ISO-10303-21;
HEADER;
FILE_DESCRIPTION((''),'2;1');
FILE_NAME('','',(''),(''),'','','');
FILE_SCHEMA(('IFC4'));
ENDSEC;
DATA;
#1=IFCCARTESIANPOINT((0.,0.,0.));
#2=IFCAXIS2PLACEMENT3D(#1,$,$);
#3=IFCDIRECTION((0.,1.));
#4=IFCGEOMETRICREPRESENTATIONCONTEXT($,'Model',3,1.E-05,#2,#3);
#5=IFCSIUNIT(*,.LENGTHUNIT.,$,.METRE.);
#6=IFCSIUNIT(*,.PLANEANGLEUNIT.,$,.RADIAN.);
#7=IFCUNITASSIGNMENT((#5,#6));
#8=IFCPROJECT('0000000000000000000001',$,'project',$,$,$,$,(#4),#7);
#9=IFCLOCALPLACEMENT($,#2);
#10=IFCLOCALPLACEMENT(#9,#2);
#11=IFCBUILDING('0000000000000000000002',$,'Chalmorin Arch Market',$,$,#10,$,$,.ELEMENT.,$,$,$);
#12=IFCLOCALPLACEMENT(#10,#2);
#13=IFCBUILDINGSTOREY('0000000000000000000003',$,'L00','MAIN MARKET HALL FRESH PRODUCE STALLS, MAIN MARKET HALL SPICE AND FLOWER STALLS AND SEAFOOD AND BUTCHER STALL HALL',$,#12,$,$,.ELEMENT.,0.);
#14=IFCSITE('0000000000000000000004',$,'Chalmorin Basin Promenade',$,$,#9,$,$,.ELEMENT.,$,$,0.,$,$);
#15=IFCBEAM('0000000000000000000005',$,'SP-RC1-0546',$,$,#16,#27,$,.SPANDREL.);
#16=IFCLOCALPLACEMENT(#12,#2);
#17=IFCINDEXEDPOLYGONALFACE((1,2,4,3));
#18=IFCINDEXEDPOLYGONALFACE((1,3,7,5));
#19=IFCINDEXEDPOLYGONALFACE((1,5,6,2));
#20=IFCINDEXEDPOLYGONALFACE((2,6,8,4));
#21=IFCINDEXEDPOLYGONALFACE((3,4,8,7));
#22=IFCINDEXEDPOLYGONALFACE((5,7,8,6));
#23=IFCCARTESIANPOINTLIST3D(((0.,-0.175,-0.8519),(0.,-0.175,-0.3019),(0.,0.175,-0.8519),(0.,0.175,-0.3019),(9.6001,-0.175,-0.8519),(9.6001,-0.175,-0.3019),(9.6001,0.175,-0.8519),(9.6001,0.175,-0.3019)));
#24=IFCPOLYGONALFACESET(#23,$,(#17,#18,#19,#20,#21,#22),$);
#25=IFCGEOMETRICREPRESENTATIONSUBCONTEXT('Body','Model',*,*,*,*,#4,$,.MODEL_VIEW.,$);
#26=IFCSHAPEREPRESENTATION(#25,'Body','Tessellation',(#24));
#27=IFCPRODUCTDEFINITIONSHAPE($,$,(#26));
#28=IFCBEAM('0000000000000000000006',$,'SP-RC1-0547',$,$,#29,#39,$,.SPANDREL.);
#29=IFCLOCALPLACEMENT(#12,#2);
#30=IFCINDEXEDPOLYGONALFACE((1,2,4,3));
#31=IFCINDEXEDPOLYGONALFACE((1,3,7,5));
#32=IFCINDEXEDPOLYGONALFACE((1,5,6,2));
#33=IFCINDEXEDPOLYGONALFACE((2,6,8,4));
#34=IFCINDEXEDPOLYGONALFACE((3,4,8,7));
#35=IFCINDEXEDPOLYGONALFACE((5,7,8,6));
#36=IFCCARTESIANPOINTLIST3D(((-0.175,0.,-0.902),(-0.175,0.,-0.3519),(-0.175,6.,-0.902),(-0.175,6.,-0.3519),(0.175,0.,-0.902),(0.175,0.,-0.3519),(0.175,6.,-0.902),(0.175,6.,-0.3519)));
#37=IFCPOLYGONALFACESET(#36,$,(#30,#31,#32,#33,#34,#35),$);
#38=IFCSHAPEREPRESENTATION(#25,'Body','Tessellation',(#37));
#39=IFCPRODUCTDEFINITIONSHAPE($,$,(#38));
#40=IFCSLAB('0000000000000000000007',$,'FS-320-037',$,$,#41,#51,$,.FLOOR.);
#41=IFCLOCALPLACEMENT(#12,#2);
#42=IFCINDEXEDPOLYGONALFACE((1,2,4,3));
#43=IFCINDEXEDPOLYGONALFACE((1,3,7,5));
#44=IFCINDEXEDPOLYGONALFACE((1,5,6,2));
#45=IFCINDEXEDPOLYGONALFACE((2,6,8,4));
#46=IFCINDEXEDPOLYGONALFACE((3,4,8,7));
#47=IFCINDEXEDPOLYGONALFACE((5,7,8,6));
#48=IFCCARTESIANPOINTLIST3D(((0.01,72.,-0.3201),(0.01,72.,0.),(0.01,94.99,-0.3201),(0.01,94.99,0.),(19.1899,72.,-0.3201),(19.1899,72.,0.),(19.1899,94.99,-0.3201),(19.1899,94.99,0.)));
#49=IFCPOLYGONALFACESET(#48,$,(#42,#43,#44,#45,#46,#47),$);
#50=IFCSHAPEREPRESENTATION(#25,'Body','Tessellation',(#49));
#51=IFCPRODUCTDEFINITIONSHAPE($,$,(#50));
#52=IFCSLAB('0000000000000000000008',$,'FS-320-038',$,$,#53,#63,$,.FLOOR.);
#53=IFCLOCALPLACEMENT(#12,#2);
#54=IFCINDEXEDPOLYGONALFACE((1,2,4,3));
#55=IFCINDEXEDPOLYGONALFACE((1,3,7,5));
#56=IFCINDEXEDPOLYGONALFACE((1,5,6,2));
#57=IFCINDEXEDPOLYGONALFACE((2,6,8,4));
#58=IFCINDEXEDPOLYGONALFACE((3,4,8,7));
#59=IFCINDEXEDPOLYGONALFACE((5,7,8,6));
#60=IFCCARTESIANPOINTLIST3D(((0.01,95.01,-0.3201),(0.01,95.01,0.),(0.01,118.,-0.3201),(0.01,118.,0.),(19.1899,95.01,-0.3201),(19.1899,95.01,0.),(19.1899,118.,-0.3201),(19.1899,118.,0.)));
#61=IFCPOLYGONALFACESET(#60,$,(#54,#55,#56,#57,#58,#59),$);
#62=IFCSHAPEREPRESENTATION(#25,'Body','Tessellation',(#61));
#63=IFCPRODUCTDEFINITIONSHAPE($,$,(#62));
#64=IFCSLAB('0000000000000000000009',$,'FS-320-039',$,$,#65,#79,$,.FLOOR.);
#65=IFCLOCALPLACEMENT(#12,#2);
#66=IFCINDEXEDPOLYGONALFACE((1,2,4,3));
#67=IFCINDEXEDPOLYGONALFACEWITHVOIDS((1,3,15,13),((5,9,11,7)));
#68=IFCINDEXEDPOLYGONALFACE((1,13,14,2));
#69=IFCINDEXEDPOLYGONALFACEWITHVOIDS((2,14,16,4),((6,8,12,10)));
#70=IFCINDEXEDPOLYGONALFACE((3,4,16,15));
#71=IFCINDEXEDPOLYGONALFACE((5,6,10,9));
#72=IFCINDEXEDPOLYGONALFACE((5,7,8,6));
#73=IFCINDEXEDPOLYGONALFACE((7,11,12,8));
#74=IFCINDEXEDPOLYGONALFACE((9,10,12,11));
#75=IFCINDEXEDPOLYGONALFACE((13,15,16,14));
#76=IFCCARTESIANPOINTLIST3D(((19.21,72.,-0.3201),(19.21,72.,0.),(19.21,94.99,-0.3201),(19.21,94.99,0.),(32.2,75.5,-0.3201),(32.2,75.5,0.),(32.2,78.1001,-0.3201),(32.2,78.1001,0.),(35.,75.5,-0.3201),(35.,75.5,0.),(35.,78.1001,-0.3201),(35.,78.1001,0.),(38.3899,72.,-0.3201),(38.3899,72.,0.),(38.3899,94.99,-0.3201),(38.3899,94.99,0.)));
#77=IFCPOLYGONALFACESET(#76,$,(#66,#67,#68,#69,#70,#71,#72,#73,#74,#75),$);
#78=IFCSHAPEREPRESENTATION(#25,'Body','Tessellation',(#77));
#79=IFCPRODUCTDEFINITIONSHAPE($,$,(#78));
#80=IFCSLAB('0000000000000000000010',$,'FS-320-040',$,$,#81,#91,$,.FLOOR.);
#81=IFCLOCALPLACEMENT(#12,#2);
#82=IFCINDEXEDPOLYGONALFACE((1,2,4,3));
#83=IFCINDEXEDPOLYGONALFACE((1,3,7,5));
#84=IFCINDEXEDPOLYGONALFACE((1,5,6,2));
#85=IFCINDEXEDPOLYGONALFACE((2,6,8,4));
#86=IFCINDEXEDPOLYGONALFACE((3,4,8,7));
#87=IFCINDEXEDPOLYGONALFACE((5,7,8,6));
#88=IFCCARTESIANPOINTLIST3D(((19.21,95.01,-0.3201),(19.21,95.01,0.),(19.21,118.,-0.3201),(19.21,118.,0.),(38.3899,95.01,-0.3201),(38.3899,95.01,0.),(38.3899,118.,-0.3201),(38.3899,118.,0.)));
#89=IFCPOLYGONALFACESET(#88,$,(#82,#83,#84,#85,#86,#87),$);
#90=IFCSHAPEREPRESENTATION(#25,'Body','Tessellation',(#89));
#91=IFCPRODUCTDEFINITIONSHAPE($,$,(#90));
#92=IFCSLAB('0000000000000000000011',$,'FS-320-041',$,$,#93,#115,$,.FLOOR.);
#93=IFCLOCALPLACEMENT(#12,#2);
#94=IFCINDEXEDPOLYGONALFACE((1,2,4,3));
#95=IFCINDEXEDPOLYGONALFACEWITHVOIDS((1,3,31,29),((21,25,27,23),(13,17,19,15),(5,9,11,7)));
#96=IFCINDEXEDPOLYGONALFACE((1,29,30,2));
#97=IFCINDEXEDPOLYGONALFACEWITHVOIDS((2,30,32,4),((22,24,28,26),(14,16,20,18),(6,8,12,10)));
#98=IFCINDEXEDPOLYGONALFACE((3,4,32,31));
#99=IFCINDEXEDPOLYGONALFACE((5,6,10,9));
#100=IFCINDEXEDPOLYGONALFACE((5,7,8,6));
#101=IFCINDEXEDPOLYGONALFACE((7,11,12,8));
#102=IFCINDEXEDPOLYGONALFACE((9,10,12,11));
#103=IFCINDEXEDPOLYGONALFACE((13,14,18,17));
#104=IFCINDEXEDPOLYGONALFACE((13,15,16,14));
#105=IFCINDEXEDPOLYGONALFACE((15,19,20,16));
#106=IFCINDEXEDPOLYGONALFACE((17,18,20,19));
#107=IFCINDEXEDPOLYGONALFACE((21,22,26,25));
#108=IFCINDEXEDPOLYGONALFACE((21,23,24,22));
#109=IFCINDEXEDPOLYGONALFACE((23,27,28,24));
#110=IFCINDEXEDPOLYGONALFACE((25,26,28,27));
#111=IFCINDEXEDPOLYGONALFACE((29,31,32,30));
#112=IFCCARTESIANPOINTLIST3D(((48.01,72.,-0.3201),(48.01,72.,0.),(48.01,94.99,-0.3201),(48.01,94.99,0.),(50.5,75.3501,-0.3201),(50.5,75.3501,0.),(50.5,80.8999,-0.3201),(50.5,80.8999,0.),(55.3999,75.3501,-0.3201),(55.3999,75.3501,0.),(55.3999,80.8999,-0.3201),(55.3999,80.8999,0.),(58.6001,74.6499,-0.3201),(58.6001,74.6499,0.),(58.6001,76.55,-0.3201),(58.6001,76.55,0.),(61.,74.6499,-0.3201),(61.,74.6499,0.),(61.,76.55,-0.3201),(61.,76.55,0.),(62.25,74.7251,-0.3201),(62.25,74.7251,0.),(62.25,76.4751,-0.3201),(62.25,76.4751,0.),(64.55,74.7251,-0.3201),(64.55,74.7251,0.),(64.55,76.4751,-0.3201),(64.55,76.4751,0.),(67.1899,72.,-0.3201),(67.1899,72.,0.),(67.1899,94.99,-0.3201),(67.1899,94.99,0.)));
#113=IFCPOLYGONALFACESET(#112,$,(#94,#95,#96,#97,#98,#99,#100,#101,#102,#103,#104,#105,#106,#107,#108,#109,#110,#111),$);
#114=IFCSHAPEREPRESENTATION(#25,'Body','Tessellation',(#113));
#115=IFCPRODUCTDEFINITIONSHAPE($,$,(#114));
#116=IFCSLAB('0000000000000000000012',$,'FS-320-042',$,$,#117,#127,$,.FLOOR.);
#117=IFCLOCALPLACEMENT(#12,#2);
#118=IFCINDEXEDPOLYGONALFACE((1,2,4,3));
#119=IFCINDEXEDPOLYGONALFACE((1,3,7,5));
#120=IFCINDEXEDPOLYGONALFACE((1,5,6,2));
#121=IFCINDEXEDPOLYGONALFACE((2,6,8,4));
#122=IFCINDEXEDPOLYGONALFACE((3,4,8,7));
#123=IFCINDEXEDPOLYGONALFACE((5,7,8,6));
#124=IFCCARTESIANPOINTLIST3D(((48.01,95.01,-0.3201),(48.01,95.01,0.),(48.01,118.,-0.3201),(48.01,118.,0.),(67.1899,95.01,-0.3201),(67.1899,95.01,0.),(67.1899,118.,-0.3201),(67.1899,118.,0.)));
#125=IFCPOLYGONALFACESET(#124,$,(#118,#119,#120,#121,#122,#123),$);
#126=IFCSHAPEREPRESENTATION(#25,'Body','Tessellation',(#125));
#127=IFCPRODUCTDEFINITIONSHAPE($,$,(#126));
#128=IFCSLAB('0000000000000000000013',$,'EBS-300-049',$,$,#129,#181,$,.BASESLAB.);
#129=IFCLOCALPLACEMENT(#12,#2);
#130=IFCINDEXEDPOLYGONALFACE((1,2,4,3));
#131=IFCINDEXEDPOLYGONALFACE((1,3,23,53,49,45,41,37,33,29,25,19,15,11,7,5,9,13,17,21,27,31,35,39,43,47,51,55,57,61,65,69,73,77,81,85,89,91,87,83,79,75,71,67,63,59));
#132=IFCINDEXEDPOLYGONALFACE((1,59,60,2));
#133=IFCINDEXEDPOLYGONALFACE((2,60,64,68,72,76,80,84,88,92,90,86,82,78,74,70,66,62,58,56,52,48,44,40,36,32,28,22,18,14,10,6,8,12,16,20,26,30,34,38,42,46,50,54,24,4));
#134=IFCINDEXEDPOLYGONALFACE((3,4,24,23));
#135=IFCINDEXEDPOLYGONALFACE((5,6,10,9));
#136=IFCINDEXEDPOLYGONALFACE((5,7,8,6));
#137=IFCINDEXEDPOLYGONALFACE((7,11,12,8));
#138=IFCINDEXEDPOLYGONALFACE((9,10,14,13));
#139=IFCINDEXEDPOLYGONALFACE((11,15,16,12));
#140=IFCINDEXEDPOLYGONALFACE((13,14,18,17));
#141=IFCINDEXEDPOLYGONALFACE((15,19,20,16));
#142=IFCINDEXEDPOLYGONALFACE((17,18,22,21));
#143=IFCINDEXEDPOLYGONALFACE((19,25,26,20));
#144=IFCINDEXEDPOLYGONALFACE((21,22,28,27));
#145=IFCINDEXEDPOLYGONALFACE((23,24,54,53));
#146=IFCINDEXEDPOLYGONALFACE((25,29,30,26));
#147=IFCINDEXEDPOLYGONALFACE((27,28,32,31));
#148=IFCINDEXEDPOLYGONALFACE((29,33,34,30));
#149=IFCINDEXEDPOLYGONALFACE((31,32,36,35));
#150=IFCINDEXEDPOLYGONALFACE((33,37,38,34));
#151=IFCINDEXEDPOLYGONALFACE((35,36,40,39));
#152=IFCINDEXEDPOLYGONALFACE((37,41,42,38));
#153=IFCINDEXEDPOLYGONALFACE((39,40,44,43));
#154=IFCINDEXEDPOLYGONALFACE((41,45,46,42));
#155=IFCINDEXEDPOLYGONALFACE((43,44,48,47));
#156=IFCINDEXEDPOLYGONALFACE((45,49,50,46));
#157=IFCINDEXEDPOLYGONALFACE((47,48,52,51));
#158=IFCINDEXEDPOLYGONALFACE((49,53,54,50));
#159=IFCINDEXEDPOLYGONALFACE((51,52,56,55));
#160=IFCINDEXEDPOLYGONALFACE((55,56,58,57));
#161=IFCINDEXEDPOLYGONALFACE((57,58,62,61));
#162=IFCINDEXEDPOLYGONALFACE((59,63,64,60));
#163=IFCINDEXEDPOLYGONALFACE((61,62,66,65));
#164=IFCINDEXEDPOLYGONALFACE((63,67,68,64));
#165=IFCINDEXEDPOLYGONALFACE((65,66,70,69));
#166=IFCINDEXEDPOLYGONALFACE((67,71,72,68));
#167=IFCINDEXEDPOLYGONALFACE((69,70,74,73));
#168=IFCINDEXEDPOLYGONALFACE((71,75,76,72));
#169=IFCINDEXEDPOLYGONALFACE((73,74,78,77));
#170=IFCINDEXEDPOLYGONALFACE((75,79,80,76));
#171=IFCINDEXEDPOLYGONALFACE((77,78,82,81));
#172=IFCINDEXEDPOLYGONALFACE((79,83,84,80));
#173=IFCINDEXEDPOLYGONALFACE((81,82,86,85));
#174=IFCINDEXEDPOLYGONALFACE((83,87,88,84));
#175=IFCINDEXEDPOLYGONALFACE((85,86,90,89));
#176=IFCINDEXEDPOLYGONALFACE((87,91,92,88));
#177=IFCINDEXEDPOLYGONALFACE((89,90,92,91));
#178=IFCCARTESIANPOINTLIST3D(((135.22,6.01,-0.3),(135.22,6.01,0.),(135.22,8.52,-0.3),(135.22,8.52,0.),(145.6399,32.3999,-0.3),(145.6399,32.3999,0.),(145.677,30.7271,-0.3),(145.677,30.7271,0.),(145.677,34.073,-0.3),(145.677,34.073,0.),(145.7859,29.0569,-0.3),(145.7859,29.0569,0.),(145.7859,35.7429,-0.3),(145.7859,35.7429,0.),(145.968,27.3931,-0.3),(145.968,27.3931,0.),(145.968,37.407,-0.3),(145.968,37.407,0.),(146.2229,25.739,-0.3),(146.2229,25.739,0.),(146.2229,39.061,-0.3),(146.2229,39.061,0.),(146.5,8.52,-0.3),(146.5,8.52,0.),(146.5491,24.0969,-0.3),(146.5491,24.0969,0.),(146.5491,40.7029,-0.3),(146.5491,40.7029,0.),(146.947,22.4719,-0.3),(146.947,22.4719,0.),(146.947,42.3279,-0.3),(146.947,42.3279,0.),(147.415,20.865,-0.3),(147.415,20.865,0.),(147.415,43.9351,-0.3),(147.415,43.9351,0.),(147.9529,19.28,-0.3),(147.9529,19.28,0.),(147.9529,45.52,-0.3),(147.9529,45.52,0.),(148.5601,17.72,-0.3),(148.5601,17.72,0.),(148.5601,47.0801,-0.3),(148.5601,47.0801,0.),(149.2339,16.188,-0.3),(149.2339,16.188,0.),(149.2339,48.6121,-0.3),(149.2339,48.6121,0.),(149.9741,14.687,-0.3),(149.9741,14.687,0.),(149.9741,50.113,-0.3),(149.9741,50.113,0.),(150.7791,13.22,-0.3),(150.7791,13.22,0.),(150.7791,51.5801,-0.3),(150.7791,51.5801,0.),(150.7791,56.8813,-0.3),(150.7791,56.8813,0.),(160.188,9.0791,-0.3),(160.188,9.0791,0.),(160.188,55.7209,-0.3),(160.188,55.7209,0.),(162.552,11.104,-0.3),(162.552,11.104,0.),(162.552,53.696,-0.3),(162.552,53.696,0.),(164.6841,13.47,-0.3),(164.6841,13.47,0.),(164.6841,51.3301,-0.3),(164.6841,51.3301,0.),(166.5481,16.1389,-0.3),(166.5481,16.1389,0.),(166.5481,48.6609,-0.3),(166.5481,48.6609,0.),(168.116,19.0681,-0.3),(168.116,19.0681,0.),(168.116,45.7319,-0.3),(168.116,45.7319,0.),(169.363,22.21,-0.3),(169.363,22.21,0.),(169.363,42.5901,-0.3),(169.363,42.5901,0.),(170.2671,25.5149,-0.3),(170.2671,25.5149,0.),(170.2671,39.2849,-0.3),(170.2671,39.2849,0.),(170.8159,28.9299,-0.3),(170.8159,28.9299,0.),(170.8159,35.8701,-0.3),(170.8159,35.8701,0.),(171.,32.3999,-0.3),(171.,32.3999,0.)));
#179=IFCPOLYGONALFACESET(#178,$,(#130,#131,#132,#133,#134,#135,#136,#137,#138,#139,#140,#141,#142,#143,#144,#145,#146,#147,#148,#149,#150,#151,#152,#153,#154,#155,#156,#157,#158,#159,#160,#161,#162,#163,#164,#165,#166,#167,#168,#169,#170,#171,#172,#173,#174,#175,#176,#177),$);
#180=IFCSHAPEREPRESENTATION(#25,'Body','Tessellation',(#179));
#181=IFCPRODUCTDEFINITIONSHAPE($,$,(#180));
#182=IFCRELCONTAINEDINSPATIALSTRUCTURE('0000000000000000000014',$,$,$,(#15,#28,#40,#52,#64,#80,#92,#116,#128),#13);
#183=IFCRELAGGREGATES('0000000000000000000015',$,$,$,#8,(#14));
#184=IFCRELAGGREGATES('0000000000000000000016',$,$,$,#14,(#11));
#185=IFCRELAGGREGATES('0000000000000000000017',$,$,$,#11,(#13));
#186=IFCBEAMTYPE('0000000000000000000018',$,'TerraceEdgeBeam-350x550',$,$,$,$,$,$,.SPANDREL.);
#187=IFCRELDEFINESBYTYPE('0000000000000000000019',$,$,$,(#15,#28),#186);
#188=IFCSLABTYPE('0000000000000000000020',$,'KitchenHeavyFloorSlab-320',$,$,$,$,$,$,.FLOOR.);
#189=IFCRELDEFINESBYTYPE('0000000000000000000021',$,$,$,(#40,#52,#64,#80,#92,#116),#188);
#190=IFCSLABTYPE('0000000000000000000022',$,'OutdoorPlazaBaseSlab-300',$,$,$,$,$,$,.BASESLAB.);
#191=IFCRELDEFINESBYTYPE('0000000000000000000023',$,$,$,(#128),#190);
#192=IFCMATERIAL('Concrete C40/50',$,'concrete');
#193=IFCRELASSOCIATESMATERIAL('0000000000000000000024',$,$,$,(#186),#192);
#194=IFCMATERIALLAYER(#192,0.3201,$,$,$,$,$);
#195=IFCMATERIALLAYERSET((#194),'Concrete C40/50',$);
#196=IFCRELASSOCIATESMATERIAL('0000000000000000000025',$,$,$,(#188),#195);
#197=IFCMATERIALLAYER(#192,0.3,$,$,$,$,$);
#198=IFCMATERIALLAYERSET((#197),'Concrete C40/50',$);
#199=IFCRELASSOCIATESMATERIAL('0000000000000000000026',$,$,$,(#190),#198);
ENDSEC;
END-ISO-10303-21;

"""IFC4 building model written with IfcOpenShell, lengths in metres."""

from ifc_helpers import new_model, si_unit, direction, frame, origin, origin_2d, place, context, subcontext, project, spatial, polyline, rectangle, outline, extrude, material, layer, layer_set, material_profile, profile_set, type_object, element, save


model = new_model("IFC4")

# Units and contexts
model_context = context("Model", 3, precision=1e-05, world=origin(), true_north=direction((0.0, 1.0)))
body_context = subcontext(model_context, "Body", "Model", "MODEL_VIEW")
ifc_project = project(units=[si_unit("LENGTHUNIT", "METRE"), si_unit("PLANEANGLEUNIT", "RADIAN")], contexts=[model_context])

# Site, building, storey
site_placement = place(None, origin())
site = spatial("IfcSite", under=ifc_project, at=site_placement, Name="Chalmorin Basin Promenade", CompositionType="ELEMENT", RefElevation=0.0)
building_placement = place(site_placement, origin())
building = spatial("IfcBuilding", under=site, at=building_placement, Name="Chalmorin Arch Market", CompositionType="ELEMENT")
storey_placement = place(building_placement, origin())
storey = spatial("IfcBuildingStorey", under=building, at=storey_placement, Name="L00", Description="MAIN MARKET HALL FRESH PRODUCE STALLS, MAIN MARKET HALL SPICE AND FLOWER STALLS AND SEAFOOD AND BUTCHER STALL HALL", CompositionType="ELEMENT", Elevation=0.0)

# Beams
ifc_material = material(Name="Concrete C40/50", Category="concrete")
ifc_material_profile = material_profile(ifc_material, rectangle(XDim=0.3501, YDim=0.55, at=origin_2d()), Name="RC350X550")
ifc_profile_set = profile_set([ifc_material_profile], Name="Concrete C40/50")
beam_type = type_object("IfcBeamType", Name="TerraceEdgeBeam-350x550", PredefinedType="SPANDREL", material=ifc_profile_set)
beam_1_placement = place(storey_placement, frame((0.0, 0.0, -0.5769), z_axis=(1.0, 0.0, 0.0), x_axis=(0.0, 1.0, 0.0)))
element("IfcBeam", 1, at=beam_1_placement, inside=storey, type_object=beam_type, Name="SP-RC1-0546", PredefinedType="SPANDREL", context=body_context, shape_type="SweptSolid", body=[
    extrude(rectangle(XDim=0.3501, YDim=0.55, at=origin_2d()), origin(), (0.0, 0.0, 1.0), 9.6001),
])
beam_2_placement = place(storey_placement, frame((0.0, 0.0, -0.627), z_axis=(0.0, 1.0, 0.0), x_axis=(-1.0, 0.0, 0.0)))
element("IfcBeam", 2, at=beam_2_placement, inside=storey, type_object=beam_type, Name="SP-RC1-0547", PredefinedType="SPANDREL", context=body_context, shape_type="SweptSolid", body=[
    extrude(rectangle(XDim=0.3501, YDim=0.55, at=origin_2d()), origin(), (0.0, 0.0, 1.0), 6.0),
])

# Slabs
ifc_layer_1 = layer(ifc_material, 0.3201)
ifc_layer_set_1 = layer_set([ifc_layer_1], Name="Concrete C40/50")
slab_type_1 = type_object("IfcSlabType", Name="KitchenHeavyFloorSlab-320", PredefinedType="FLOOR", material=ifc_layer_set_1)
slab_1_placement = place(storey_placement, frame((0.0, 0.0, -0.3201)))
element("IfcSlab", 3, at=slab_1_placement, inside=storey, type_object=slab_type_1, Name="FS-320-037", PredefinedType="FLOOR", context=body_context, shape_type="SweptSolid", body=[
    extrude(outline(polyline([(0.01, 72.0), (19.1899, 72.0), (19.1899, 94.99), (0.01, 94.99), (0.01, 72.0)])), origin(), (0.0, 0.0, 1.0), 0.3201),
])
slab_2_placement = place(storey_placement, frame((0.0, 0.0, -0.3201)))
element("IfcSlab", 4, at=slab_2_placement, inside=storey, type_object=slab_type_1, Name="FS-320-038", PredefinedType="FLOOR", context=body_context, shape_type="SweptSolid", body=[
    extrude(outline(polyline([(0.01, 95.01), (19.1899, 95.01), (19.1899, 118.0), (0.01, 118.0), (0.01, 95.01)])), origin(), (0.0, 0.0, 1.0), 0.3201),
])
slab_3_placement = place(storey_placement, frame((0.0, 0.0, -0.3201)))
element("IfcSlab", 5, at=slab_3_placement, inside=storey, type_object=slab_type_1, Name="FS-320-039", PredefinedType="FLOOR", context=body_context, shape_type="SweptSolid", body=[
    extrude(outline(polyline([(19.21, 72.0), (38.3899, 72.0), (38.3899, 94.99), (19.21, 94.99), (19.21, 72.0)]), holes=[polyline([(32.2, 75.5), (35.0, 75.5), (35.0, 78.1001), (32.2, 78.1001), (32.2, 75.5)])]), origin(), (0.0, 0.0, 1.0), 0.3201),
])
slab_4_placement = place(storey_placement, frame((0.0, 0.0, -0.3201)))
element("IfcSlab", 6, at=slab_4_placement, inside=storey, type_object=slab_type_1, Name="FS-320-040", PredefinedType="FLOOR", context=body_context, shape_type="SweptSolid", body=[
    extrude(outline(polyline([(19.21, 95.01), (38.3899, 95.01), (38.3899, 118.0), (19.21, 118.0), (19.21, 95.01)])), origin(), (0.0, 0.0, 1.0), 0.3201),
])
slab_5_placement = place(storey_placement, frame((0.0, 0.0, -0.3201)))
element("IfcSlab", 7, at=slab_5_placement, inside=storey, type_object=slab_type_1, Name="FS-320-041", PredefinedType="FLOOR", context=body_context, shape_type="SweptSolid", body=[
    extrude(outline(polyline([(48.01, 72.0), (67.1899, 72.0), (67.1899, 94.99), (48.01, 94.99), (48.01, 72.0)]), holes=[polyline([(50.5, 75.3501), (55.3999, 75.3501), (55.3999, 80.8999), (50.5, 80.8999), (50.5, 75.3501)]), polyline([(58.6001, 74.6499), (61.0, 74.6499), (61.0, 76.55), (58.6001, 76.55), (58.6001, 74.6499)]), polyline([(62.25, 74.7251), (64.55, 74.7251), (64.55, 76.4751), (62.25, 76.4751), (62.25, 74.7251)])]), origin(), (0.0, 0.0, 1.0), 0.3201),
])
slab_6_placement = place(storey_placement, frame((0.0, 0.0, -0.3201)))
element("IfcSlab", 8, at=slab_6_placement, inside=storey, type_object=slab_type_1, Name="FS-320-042", PredefinedType="FLOOR", context=body_context, shape_type="SweptSolid", body=[
    extrude(outline(polyline([(48.01, 95.01), (67.1899, 95.01), (67.1899, 118.0), (48.01, 118.0), (48.01, 95.01)])), origin(), (0.0, 0.0, 1.0), 0.3201),
])
ifc_layer_2 = layer(ifc_material, 0.3)
ifc_layer_set_2 = layer_set([ifc_layer_2], Name="Concrete C40/50")
slab_type_2 = type_object("IfcSlabType", Name="OutdoorPlazaBaseSlab-300", PredefinedType="BASESLAB", material=ifc_layer_set_2)
slab_7_placement = place(storey_placement, frame((0.0, 0.0, -0.3)))
element("IfcSlab", 9, at=slab_7_placement, inside=storey, type_object=slab_type_2, Name="EBS-300-049", PredefinedType="BASESLAB", context=body_context, shape_type="SweptSolid", body=[
    extrude(outline(polyline([(135.22, 6.01), (160.188, 9.0791), (162.552, 11.104), (164.6841, 13.47), (166.5481, 16.1389), (168.116, 19.0681), (169.363, 22.21), (170.2671, 25.5149), (170.8159, 28.9299), (171.0, 32.3999), (170.8159, 35.8701), (170.2671, 39.2849), (169.363, 42.5901), (168.116, 45.7319), (166.5481, 48.6609), (164.6841, 51.3301), (162.552, 53.696), (160.188, 55.7209), (135.22, 58.8), (150.7791, 58.8), (150.7791, 51.5801), (149.9741, 50.113), (149.2339, 48.6121), (148.5601, 47.0801), (147.9529, 45.52), (147.415, 43.9351), (146.947, 42.3279), (146.5491, 40.7029), (146.2229, 39.061), (145.968, 37.407), (145.7859, 35.7429), (145.677, 34.073), (145.6399, 32.3999), (145.677, 30.7271), (145.7859, 29.0569), (145.968, 27.3931), (146.2229, 25.739), (146.5491, 24.0969), (146.947, 22.4719), (147.415, 20.865), (147.9529, 19.28), (148.5601, 17.72), (149.2339, 16.188), (149.9741, 14.687), (150.7791, 13.22), (146.5, 8.52), (135.22, 8.52), (135.22, 6.01)])), origin(), (0.0, 0.0, 1.0), 0.3),
])

save(model, "model.ifc")
